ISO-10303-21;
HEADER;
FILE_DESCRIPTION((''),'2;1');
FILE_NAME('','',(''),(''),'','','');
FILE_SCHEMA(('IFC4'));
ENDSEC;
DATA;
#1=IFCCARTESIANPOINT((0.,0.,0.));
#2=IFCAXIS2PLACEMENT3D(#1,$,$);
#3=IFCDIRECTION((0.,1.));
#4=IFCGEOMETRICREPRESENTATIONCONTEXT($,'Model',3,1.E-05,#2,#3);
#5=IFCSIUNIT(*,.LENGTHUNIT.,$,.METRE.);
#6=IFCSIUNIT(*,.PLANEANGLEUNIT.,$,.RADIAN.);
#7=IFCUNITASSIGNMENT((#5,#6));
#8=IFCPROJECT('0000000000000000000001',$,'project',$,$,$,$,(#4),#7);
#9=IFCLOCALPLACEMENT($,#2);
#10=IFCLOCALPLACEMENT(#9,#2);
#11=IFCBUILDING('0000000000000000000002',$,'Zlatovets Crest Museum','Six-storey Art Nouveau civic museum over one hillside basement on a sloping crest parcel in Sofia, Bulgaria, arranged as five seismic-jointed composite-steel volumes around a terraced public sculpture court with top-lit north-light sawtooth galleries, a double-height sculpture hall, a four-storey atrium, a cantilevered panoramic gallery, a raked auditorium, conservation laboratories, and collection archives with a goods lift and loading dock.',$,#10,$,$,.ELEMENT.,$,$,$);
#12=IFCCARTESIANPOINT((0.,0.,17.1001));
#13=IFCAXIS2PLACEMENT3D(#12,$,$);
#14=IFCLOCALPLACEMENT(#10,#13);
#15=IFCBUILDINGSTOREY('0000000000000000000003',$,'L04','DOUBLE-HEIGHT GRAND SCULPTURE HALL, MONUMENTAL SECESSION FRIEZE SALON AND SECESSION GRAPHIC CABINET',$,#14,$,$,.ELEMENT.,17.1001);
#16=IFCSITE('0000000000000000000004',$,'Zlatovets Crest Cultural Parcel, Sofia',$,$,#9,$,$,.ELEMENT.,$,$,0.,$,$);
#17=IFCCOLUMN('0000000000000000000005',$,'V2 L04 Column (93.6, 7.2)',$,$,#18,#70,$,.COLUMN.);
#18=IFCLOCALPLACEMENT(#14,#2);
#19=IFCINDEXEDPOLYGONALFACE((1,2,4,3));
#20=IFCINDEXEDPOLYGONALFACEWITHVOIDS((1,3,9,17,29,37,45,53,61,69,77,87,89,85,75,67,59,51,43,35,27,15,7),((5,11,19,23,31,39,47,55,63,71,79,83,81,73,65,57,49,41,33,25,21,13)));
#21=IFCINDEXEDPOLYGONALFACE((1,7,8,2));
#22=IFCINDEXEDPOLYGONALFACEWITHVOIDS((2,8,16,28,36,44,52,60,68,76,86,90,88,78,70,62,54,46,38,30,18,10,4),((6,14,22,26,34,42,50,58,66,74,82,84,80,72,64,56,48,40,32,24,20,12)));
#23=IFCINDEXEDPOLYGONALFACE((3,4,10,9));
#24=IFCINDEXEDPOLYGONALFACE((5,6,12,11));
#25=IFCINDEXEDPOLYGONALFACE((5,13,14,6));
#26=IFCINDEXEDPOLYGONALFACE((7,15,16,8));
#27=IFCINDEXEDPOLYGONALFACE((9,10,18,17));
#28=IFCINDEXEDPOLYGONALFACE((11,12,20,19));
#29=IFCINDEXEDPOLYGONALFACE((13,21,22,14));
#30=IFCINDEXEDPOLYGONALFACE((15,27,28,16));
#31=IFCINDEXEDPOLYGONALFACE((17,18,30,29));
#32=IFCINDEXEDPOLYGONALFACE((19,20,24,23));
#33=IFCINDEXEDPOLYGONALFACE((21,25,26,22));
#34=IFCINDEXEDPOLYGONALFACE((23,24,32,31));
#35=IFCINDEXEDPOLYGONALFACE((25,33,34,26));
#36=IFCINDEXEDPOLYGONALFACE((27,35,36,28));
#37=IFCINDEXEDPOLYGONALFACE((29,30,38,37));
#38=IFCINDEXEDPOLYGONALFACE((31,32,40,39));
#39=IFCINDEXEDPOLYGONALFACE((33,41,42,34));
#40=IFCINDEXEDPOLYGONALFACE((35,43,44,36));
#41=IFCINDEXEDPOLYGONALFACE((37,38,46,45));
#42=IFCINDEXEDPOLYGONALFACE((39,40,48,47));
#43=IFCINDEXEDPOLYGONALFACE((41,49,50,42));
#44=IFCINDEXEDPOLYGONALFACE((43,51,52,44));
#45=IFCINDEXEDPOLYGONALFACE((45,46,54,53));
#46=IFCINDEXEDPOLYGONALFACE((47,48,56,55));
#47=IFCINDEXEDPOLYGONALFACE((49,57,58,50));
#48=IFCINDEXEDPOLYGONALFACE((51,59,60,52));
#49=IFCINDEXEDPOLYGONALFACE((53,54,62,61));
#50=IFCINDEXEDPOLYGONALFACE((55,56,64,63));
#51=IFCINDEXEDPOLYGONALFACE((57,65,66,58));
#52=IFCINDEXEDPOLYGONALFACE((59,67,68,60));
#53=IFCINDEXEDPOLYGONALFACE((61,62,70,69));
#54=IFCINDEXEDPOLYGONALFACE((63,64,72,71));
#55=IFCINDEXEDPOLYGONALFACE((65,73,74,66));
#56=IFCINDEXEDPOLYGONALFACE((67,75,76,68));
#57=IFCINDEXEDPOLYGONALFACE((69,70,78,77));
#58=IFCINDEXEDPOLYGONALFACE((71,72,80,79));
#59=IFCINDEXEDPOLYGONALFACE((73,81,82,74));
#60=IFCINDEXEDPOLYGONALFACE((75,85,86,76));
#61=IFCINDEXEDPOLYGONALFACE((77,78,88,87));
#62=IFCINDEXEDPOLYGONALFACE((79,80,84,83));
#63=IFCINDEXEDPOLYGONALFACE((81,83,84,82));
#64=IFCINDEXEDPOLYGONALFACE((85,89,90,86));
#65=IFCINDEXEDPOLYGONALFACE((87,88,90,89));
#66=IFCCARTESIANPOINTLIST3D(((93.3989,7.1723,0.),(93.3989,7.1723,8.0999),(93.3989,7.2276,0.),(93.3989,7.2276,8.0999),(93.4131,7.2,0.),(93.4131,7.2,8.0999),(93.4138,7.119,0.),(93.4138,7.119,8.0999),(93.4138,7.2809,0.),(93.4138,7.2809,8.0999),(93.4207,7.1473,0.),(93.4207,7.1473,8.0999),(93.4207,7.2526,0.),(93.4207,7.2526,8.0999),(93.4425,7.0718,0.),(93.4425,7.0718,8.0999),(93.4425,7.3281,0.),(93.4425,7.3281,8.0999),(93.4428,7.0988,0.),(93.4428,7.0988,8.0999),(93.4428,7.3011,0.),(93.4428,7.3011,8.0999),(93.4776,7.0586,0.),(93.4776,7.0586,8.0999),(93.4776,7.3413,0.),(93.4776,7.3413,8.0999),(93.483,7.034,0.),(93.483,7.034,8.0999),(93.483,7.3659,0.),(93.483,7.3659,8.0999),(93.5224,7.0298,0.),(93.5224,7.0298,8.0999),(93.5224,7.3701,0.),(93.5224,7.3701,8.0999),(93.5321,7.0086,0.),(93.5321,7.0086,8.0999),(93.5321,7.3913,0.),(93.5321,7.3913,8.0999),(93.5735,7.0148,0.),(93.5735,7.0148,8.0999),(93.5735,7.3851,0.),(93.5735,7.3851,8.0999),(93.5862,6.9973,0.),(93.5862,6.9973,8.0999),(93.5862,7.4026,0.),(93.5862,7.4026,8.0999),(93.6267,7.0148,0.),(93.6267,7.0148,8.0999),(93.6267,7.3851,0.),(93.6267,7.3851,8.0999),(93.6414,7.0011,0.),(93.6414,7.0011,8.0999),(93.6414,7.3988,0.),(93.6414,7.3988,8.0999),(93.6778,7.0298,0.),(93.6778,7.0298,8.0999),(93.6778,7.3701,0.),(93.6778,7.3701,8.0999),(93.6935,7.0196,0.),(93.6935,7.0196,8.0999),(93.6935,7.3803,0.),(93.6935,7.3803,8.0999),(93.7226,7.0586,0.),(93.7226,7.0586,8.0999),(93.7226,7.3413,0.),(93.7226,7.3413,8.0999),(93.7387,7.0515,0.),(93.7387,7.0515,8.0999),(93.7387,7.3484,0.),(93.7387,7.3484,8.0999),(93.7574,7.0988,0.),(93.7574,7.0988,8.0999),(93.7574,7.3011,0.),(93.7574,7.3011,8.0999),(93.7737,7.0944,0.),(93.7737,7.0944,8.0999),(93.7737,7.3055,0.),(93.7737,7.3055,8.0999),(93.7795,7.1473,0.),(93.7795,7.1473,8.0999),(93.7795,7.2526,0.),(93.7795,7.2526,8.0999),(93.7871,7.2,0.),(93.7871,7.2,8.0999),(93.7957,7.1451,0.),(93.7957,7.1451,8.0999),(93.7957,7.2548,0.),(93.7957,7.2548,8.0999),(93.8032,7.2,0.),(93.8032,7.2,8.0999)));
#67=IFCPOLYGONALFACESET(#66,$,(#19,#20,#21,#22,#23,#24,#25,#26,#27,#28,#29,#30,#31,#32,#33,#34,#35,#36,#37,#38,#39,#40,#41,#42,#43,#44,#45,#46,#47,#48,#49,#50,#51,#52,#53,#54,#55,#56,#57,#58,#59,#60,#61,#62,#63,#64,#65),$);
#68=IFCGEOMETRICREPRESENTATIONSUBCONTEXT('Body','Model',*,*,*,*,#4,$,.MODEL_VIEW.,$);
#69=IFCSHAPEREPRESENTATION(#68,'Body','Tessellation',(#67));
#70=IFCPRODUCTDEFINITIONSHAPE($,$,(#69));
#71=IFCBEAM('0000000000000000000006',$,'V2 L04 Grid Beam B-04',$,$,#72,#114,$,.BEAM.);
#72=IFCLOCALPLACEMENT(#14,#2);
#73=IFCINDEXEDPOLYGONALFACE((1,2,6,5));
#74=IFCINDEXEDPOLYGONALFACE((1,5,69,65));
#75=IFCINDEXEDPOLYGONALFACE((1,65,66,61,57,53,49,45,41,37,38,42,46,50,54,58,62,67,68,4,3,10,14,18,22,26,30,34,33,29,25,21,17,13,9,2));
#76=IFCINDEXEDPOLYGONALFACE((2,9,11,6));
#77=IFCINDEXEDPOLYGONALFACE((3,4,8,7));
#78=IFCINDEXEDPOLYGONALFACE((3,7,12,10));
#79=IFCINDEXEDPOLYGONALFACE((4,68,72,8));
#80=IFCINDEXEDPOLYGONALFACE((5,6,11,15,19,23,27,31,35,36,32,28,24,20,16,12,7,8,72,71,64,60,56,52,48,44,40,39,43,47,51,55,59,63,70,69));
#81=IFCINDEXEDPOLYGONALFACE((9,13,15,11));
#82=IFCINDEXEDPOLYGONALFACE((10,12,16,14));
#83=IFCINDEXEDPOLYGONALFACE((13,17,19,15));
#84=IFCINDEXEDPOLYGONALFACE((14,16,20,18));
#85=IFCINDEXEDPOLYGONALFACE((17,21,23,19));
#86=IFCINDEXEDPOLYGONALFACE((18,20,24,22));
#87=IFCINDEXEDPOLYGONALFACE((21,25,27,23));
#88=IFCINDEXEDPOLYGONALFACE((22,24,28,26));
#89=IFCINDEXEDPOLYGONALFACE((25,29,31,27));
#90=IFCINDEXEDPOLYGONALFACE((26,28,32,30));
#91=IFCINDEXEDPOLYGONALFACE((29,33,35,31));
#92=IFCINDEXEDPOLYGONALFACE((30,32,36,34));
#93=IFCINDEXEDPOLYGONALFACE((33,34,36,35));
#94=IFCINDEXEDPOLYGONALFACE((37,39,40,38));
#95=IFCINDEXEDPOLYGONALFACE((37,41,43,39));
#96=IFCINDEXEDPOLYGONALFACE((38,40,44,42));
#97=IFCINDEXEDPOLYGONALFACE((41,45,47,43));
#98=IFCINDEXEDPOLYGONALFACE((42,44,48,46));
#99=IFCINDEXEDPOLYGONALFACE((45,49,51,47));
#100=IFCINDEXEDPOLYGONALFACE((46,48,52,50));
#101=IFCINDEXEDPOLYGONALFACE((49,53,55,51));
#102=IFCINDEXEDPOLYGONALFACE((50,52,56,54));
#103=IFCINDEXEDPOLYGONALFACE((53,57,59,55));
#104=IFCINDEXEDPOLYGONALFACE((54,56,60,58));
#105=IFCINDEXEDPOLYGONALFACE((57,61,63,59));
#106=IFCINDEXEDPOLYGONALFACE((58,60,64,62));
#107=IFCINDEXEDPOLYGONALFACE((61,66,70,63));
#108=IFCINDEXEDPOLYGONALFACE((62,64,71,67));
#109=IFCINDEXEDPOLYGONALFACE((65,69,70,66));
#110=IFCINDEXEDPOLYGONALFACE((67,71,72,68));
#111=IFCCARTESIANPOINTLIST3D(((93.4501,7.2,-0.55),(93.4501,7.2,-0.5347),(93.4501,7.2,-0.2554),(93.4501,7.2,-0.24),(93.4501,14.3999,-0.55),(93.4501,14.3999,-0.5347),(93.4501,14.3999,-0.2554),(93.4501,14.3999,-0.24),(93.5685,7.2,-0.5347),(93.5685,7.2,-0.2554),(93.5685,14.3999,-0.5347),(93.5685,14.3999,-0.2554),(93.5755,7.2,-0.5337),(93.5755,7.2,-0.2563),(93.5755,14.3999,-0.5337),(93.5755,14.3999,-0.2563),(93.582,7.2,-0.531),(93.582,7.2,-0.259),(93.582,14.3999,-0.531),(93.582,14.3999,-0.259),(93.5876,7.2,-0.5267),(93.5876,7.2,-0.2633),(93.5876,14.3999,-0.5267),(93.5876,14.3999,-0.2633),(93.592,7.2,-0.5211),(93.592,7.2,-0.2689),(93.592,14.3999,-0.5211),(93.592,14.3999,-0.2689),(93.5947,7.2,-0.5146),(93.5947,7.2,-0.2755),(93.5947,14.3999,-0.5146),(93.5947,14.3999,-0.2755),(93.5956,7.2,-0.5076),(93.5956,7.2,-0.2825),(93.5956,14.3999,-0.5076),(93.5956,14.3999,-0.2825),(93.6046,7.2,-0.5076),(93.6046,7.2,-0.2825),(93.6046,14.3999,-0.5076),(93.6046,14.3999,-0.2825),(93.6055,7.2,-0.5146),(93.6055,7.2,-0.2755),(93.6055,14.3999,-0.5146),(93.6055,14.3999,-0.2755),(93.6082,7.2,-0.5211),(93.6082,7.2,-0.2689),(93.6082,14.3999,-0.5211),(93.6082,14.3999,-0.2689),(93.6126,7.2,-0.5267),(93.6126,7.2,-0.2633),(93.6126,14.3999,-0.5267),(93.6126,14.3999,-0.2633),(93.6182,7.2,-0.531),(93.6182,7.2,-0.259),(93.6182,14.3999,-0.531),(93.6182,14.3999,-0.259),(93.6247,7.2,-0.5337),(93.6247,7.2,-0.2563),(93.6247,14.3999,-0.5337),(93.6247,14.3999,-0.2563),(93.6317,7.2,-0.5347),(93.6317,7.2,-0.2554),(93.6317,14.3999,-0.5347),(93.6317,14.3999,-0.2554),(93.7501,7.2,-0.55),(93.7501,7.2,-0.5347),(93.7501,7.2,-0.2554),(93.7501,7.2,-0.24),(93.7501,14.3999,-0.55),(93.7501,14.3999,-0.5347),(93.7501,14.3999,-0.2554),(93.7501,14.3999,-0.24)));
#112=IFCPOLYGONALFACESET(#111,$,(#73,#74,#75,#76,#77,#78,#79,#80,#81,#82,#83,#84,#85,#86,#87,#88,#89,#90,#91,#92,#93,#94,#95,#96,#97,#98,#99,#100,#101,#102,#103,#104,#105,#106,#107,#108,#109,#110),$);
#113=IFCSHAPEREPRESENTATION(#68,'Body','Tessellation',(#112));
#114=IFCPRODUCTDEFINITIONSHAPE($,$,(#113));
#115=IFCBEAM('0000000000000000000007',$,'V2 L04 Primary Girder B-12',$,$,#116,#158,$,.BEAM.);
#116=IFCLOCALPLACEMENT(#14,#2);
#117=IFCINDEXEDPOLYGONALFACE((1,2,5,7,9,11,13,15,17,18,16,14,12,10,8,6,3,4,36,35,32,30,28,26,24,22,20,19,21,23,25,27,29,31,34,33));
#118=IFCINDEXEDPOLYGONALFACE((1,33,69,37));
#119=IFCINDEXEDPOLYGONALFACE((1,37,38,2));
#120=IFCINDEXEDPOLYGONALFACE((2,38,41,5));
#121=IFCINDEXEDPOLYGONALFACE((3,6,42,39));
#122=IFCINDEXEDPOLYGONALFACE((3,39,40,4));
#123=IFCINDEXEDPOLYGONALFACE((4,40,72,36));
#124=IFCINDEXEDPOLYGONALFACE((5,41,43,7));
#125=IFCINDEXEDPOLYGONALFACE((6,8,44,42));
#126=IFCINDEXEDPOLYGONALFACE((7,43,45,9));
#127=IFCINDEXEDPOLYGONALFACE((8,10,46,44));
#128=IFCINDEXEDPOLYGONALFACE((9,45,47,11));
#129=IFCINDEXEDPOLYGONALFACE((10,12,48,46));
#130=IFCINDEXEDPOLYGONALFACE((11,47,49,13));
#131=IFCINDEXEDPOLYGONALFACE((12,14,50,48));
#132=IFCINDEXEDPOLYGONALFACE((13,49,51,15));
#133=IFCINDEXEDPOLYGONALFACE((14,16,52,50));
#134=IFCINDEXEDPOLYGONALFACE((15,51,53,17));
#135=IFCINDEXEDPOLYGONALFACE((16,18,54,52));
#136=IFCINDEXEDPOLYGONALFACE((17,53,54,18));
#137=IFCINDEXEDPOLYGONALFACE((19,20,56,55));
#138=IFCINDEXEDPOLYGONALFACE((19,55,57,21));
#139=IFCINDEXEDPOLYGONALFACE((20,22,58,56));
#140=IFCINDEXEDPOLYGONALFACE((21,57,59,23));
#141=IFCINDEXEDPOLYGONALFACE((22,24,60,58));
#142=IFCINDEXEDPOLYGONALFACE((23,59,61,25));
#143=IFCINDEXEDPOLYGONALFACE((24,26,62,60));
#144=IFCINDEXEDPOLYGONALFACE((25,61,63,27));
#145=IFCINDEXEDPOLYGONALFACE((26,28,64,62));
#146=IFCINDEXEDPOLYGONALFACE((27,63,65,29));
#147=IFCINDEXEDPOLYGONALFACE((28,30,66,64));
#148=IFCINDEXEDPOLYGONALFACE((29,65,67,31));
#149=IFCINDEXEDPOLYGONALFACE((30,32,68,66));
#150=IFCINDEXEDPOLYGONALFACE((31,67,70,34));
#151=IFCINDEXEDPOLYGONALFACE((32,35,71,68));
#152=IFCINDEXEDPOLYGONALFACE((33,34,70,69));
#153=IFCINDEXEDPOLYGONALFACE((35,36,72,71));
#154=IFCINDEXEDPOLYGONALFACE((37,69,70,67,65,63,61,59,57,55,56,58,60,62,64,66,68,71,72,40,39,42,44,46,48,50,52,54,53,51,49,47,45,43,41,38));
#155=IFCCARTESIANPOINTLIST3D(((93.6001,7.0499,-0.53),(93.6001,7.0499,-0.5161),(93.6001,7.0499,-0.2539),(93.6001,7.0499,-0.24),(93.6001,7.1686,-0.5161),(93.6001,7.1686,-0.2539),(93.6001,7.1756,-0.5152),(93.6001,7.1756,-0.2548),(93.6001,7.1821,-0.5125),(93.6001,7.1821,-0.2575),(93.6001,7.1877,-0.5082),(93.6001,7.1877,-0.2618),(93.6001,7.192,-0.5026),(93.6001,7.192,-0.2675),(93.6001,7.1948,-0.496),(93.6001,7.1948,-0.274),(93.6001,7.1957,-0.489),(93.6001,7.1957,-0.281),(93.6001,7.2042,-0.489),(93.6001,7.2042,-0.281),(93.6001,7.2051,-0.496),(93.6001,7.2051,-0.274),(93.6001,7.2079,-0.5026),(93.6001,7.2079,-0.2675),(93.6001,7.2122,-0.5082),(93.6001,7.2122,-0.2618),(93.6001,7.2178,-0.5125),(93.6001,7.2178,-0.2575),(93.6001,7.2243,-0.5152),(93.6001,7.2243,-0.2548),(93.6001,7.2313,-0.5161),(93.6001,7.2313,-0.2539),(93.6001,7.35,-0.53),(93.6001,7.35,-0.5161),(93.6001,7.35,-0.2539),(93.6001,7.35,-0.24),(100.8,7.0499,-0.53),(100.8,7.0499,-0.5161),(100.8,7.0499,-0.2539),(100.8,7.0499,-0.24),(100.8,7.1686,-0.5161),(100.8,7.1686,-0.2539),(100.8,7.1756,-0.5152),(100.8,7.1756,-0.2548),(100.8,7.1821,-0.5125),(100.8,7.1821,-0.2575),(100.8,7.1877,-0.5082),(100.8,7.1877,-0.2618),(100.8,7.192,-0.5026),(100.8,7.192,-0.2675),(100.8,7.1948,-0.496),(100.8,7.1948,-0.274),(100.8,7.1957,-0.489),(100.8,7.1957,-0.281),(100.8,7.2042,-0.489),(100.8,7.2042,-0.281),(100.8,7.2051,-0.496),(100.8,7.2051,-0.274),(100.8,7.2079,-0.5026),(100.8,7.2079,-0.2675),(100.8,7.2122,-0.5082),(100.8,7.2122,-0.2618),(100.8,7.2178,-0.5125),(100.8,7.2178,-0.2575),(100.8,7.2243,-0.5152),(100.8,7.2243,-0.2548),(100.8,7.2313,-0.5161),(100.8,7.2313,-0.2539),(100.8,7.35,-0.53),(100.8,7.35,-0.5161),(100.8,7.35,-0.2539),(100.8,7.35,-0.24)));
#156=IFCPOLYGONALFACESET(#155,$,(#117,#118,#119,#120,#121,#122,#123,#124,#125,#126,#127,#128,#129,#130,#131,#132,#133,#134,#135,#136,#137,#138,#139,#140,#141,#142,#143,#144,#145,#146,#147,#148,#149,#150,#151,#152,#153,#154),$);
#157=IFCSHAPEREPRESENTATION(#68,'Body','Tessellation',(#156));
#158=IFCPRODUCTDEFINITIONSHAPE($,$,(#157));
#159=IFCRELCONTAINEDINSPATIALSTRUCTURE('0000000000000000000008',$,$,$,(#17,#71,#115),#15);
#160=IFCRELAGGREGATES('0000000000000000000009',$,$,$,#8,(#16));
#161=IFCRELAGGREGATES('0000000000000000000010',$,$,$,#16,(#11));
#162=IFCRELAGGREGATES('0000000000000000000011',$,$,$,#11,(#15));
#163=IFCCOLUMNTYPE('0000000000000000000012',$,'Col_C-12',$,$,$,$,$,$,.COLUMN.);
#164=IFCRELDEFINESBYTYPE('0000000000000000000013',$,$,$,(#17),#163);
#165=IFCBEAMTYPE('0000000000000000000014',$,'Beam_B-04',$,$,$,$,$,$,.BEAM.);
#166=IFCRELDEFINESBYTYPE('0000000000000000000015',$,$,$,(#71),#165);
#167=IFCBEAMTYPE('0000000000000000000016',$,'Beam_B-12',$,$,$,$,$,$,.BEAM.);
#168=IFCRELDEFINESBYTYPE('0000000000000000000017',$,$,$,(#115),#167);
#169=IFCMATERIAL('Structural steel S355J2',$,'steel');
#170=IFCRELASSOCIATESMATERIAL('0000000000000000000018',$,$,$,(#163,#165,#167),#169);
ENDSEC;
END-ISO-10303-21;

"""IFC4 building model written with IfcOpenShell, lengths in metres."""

from ifc_helpers import new_model, si_unit, direction, frame, origin, origin_2d, place, context, subcontext, project, spatial, hollow_circle, i_section, extrude, material, material_profile, profile_set, type_object, element, save


model = new_model("IFC4")

# Units and contexts
model_context = context("Model", 3, precision=1e-05, world=origin(), true_north=direction((0.0, 1.0)))
body_context = subcontext(model_context, "Body", "Model", "MODEL_VIEW")
ifc_project = project(units=[si_unit("LENGTHUNIT", "METRE"), si_unit("PLANEANGLEUNIT", "RADIAN")], contexts=[model_context])

# Site, building, storey
site_placement = place(None, origin())
site = spatial("IfcSite", under=ifc_project, at=site_placement, Name="Zlatovets Crest Cultural Parcel, Sofia", CompositionType="ELEMENT", RefElevation=0.0)
building_placement = place(site_placement, origin())
building = spatial("IfcBuilding", under=site, at=building_placement, Name="Zlatovets Crest Museum", Description="Six-storey Art Nouveau civic museum over one hillside basement on a sloping crest parcel in Sofia, Bulgaria, arranged as five seismic-jointed composite-steel volumes around a terraced public sculpture court with top-lit north-light sawtooth galleries, a double-height sculpture hall, a four-storey atrium, a cantilevered panoramic gallery, a raked auditorium, conservation laboratories, and collection archives with a goods lift and loading dock.", CompositionType="ELEMENT")
storey_placement = place(building_placement, frame((0.0, 0.0, 17.1001)))
storey = spatial("IfcBuildingStorey", under=building, at=storey_placement, Name="L04", Description="DOUBLE-HEIGHT GRAND SCULPTURE HALL, MONUMENTAL SECESSION FRIEZE SALON AND SECESSION GRAPHIC CABINET", CompositionType="ELEMENT", Elevation=17.1001)

# Column
ifc_material_1 = material(Name="Structural steel S355J2", Category="steel")
ifc_material_profile_1 = material_profile(ifc_material_1, hollow_circle(Radius=0.2031, WallThickness=0.0161, at=origin_2d()), Name="CHS 406.4x16.0")
ifc_profile_set_1 = profile_set([ifc_material_profile_1], Name="Structural steel S355J2")
column_type = type_object("IfcColumnType", Name="Col_C-12", PredefinedType="COLUMN", material=ifc_profile_set_1)
column_placement = place(storey_placement, frame((93.6001, 7.2, 0.0), z_axis=(0.0, 0.0, 1.0), x_axis=(1.0, 0.0, 0.0)))
element("IfcColumn", 1, at=column_placement, inside=storey, type_object=column_type, Name="V2 L04 Column (93.6, 7.2)", PredefinedType="COLUMN", context=body_context, shape_type="SweptSolid", body=[
    extrude(hollow_circle(Radius=0.2031, WallThickness=0.0161, at=origin_2d()), origin(), (0.0, 0.0, 1.0), 8.0999),
])

# Beams
ifc_material_profile_2 = material_profile(ifc_material_1, i_section(OverallWidth=0.3, OverallDepth=0.3101, WebThickness=0.009, FlangeThickness=0.0154, FilletRadius=0.0271, at=origin_2d()), Name="HEA 320")
ifc_profile_set_2 = profile_set([ifc_material_profile_2], Name="Structural steel S355J2")
beam_type_1 = type_object("IfcBeamType", Name="Beam_B-04", PredefinedType="BEAM", material=ifc_profile_set_2)
beam_1_placement = place(storey_placement, frame((93.6001, 7.2, -0.395), z_axis=(0.0, 1.0, 0.0), x_axis=(-1.0, 0.0, 0.0)))
element("IfcBeam", 2, at=beam_1_placement, inside=storey, type_object=beam_type_1, Name="V2 L04 Grid Beam B-04", PredefinedType="BEAM", context=body_context, shape_type="SweptSolid", body=[
    extrude(i_section(OverallWidth=0.3, OverallDepth=0.3101, WebThickness=0.009, FlangeThickness=0.0154, FilletRadius=0.0271, at=origin_2d()), origin(), (0.0, 0.0, 1.0), 7.2),
])
ifc_material_profile_3 = material_profile(ifc_material_1, i_section(OverallWidth=0.3, OverallDepth=0.29, WebThickness=0.0085, FlangeThickness=0.0139, FilletRadius=0.0271, at=origin_2d()), Name="HEA 300")
ifc_profile_set_3 = profile_set([ifc_material_profile_3], Name="Structural steel S355J2")
beam_type_2 = type_object("IfcBeamType", Name="Beam_B-12", PredefinedType="BEAM", material=ifc_profile_set_3)
beam_2_placement = place(storey_placement, frame((93.6001, 7.2, -0.385), z_axis=(1.0, 0.0, 0.0), x_axis=(0.0, 1.0, 0.0)))
element("IfcBeam", 3, at=beam_2_placement, inside=storey, type_object=beam_type_2, Name="V2 L04 Primary Girder B-12", PredefinedType="BEAM", context=body_context, shape_type="SweptSolid", body=[
    extrude(i_section(OverallWidth=0.3, OverallDepth=0.29, WebThickness=0.0085, FlangeThickness=0.0139, FilletRadius=0.0271, at=origin_2d()), origin(), (0.0, 0.0, 1.0), 7.2),
])

save(model, "model.ifc")
